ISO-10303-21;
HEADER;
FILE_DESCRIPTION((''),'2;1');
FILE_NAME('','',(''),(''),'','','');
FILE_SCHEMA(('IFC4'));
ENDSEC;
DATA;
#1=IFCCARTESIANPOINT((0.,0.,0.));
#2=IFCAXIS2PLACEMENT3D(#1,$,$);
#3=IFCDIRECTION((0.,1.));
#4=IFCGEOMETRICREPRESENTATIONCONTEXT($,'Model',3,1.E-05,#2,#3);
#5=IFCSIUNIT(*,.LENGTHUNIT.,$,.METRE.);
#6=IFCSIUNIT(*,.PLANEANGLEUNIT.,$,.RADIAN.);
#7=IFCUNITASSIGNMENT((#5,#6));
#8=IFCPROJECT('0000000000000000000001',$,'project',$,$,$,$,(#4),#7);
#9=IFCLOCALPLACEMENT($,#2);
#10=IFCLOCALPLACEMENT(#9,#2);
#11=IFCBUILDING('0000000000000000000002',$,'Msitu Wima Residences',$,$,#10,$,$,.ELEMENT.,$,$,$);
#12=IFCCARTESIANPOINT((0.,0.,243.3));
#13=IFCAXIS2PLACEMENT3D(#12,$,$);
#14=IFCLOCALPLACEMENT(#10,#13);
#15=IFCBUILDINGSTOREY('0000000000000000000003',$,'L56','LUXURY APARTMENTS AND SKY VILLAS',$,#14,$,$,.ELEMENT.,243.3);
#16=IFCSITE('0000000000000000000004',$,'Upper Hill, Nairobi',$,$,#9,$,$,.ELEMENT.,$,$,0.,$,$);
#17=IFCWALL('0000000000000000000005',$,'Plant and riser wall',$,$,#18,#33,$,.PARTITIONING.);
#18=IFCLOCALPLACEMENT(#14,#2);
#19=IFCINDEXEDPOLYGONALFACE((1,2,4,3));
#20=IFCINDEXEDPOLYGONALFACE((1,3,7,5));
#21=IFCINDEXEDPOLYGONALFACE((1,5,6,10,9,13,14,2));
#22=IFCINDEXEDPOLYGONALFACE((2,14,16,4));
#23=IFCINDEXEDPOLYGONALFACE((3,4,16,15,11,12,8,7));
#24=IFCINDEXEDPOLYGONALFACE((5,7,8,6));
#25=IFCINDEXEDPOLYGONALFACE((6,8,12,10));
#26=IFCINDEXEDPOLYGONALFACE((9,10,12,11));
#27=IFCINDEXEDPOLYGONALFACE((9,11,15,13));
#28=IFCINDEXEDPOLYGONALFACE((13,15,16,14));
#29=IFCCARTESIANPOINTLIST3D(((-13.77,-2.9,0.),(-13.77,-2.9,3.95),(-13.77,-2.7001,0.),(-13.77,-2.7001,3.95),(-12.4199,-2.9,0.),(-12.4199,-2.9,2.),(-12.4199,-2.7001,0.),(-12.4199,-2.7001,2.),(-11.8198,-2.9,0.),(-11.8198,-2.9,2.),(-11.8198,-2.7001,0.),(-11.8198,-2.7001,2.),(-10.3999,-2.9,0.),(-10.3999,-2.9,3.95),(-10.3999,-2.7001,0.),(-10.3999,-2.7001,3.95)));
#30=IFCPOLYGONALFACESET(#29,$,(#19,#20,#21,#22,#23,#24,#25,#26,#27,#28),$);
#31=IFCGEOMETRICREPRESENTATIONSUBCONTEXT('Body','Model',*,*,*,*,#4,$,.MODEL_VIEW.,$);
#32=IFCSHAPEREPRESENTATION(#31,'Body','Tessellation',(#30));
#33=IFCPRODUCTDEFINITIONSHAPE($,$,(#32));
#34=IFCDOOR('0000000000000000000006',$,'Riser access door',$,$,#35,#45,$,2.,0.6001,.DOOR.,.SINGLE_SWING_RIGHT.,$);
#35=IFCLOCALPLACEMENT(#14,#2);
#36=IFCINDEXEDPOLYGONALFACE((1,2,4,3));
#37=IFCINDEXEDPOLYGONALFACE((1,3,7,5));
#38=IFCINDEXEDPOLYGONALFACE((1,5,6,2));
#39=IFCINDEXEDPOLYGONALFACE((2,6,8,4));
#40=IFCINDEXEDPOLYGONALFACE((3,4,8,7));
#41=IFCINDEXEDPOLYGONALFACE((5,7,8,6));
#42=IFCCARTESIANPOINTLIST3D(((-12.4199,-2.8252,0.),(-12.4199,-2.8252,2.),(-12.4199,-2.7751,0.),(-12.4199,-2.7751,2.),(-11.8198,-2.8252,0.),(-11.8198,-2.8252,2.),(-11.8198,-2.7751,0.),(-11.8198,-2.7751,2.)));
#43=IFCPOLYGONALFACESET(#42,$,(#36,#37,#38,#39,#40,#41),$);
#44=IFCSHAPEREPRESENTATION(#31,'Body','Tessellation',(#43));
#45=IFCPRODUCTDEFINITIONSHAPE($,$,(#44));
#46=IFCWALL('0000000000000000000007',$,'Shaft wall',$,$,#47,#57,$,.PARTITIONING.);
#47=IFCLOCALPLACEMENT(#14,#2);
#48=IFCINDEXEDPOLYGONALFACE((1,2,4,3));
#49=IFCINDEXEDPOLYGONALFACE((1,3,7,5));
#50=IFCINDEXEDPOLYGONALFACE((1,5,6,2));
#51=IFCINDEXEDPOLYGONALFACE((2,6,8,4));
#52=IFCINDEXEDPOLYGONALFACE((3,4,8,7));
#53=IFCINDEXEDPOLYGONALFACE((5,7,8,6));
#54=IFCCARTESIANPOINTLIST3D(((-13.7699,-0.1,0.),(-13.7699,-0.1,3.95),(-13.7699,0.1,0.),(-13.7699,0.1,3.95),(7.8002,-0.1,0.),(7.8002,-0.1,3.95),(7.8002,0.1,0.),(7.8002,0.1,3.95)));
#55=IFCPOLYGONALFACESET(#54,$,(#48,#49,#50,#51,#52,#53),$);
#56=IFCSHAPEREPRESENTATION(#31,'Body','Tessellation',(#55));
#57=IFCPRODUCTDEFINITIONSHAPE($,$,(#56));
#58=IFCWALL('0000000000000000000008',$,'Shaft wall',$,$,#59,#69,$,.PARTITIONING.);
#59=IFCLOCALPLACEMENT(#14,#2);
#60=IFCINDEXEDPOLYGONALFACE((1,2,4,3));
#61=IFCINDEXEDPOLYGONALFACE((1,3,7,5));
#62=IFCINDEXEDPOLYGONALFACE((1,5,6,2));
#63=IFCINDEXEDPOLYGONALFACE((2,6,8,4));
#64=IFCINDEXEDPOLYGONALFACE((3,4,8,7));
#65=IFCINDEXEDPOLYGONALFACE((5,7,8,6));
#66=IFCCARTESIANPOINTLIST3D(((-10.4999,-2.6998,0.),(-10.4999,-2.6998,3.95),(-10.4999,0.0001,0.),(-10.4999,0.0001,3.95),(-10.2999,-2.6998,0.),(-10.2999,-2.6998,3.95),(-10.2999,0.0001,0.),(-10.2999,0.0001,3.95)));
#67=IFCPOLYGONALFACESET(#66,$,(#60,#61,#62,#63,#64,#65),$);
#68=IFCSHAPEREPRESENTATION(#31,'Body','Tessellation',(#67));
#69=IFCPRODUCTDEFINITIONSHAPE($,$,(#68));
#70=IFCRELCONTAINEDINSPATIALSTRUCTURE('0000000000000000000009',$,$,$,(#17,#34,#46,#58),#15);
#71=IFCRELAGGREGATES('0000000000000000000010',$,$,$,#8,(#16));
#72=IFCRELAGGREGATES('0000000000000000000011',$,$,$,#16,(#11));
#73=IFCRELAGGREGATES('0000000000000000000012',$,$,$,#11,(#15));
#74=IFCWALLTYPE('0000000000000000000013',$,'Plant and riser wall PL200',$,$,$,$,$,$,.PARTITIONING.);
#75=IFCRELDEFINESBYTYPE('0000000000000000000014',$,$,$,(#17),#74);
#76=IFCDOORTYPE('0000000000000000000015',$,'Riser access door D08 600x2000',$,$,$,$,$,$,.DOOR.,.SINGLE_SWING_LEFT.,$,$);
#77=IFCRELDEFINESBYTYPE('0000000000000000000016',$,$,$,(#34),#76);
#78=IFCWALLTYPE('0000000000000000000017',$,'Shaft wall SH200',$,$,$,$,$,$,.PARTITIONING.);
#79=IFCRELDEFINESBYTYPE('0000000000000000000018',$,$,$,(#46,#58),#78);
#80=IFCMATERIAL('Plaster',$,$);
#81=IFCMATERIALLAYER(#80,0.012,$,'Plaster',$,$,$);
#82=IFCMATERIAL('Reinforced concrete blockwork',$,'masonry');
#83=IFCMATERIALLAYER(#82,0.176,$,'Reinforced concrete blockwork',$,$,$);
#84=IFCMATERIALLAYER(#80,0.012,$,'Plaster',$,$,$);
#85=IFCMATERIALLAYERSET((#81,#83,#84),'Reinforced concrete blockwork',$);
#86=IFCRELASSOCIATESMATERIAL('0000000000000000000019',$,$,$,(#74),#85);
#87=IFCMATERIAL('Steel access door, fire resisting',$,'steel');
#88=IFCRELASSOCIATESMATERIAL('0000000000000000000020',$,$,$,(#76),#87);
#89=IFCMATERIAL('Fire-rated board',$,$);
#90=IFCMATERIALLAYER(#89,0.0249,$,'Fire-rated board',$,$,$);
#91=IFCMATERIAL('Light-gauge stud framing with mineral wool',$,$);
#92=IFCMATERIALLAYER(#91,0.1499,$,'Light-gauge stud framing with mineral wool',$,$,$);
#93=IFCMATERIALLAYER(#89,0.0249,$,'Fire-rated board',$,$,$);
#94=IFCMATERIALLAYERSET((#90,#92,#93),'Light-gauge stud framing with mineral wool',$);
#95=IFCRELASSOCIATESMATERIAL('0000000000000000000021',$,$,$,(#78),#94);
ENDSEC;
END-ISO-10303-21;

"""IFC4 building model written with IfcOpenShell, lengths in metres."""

from ifc_helpers import new_model, si_unit, direction, frame, frame_2d, origin, place, context, subcontext, project, spatial, rectangle, extrude, material, layer, layer_set, type_object, element, fill, save


model = new_model("IFC4")

# Units and contexts
model_context = context("Model", 3, precision=1e-05, world=origin(), true_north=direction((0.0, 1.0)))
body_context = subcontext(model_context, "Body", "Model", "MODEL_VIEW")
ifc_project = project(units=[si_unit("LENGTHUNIT", "METRE"), si_unit("PLANEANGLEUNIT", "RADIAN")], contexts=[model_context])

# Site, building, storey
site_placement = place(None, origin())
site = spatial("IfcSite", under=ifc_project, at=site_placement, Name="Upper Hill, Nairobi", CompositionType="ELEMENT", RefElevation=0.0)
building_placement = place(site_placement, origin())
building = spatial("IfcBuilding", under=site, at=building_placement, Name="Msitu Wima Residences", CompositionType="ELEMENT")
storey_placement = place(building_placement, frame((0.0, 0.0, 243.3)))
storey = spatial("IfcBuildingStorey", under=building, at=storey_placement, Name="L56", Description="LUXURY APARTMENTS AND SKY VILLAS", CompositionType="ELEMENT", Elevation=243.3)

# Wall, opening, door
ifc_material_1 = material(Name="Plaster")
ifc_layer_1 = layer(ifc_material_1, 0.012, Name="Plaster")
ifc_material_2 = material(Name="Reinforced concrete blockwork", Category="masonry")
ifc_layer_2 = layer(ifc_material_2, 0.176, Name="Reinforced concrete blockwork")
ifc_layer_3 = layer(ifc_material_1, 0.012, Name="Plaster")
ifc_layer_set_1 = layer_set([ifc_layer_1, ifc_layer_2, ifc_layer_3], Name="Reinforced concrete blockwork")
wall_type_1 = type_object("IfcWallType", Name="Plant and riser wall PL200", PredefinedType="PARTITIONING", material=ifc_layer_set_1)
wall_1_placement = place(storey_placement, frame((-13.77, -2.8, 0.0), z_axis=(0.0, 0.0, 1.0), x_axis=(1.0, 0.0, 0.0)))
wall_1 = element("IfcWall", 1, at=wall_1_placement, inside=storey, type_object=wall_type_1, Name="Plant and riser wall", PredefinedType="PARTITIONING", context=body_context, shape_type="SweptSolid", body=[
    extrude(rectangle(XDim=3.3701, YDim=0.2, at=frame_2d((1.6851, 0.0))), origin(), (0.0, 0.0, 1.0), 3.95),
])
opening_1_placement = place(wall_1_placement, frame((1.3501, 0.0, 0.0)))
opening_1 = element("IfcOpeningElement", 2, at=opening_1_placement, cuts=wall_1, PredefinedType="OPENING", context=body_context, shape_type="SweptSolid", body=[
    extrude(rectangle(XDim=0.6001, YDim=2.0, at=frame_2d((0.3, 1.0))), frame((0.0, 0.1099, 0.0), z_axis=(0.0, -1.0, 0.0), x_axis=(1.0, 0.0, 0.0)), (0.0, 0.0, 1.0), 0.22),
])
ifc_material_3 = material(Name="Steel access door, fire resisting", Category="steel")
door_type_1 = type_object("IfcDoorType", Name="Riser access door D08 600x2000", OperationType="SINGLE_SWING_LEFT", PredefinedType="DOOR", material=ifc_material_3)
door_1_placement = place(opening_1_placement, origin())
door_1 = element("IfcDoor", 3, at=door_1_placement, inside=storey, type_object=door_type_1, Name="Riser access door", OperationType="SINGLE_SWING_RIGHT", OverallHeight=2.0, OverallWidth=0.6001, PredefinedType="DOOR", context=body_context, shape_type="SweptSolid", body=[
    extrude(rectangle(XDim=0.6001, YDim=2.0, at=frame_2d((0.3, 1.0))), frame((0.0, 0.0249, 0.0), z_axis=(0.0, -1.0, 0.0), x_axis=(1.0, 0.0, 0.0)), (0.0, 0.0, 1.0), 0.05),
])
fill(opening_1, door_1)

# Walls
ifc_material_4 = material(Name="Fire-rated board")
ifc_layer_4 = layer(ifc_material_4, 0.0249, Name="Fire-rated board")
ifc_material_5 = material(Name="Light-gauge stud framing with mineral wool")
ifc_layer_5 = layer(ifc_material_5, 0.1499, Name="Light-gauge stud framing with mineral wool")
ifc_layer_6 = layer(ifc_material_4, 0.0249, Name="Fire-rated board")
ifc_layer_set_2 = layer_set([ifc_layer_4, ifc_layer_5, ifc_layer_6], Name="Light-gauge stud framing with mineral wool")
wall_type_2 = type_object("IfcWallType", Name="Shaft wall SH200", PredefinedType="PARTITIONING", material=ifc_layer_set_2)
wall_2_placement = place(storey_placement, frame((-13.77, 0.0, 0.0), z_axis=(0.0, 0.0, 1.0), x_axis=(1.0, 0.0, 0.0)))
element("IfcWall", 4, at=wall_2_placement, inside=storey, type_object=wall_type_2, Name="Shaft wall", PredefinedType="PARTITIONING", context=body_context, shape_type="SweptSolid", body=[
    extrude(rectangle(XDim=21.5701, YDim=0.2, at=frame_2d((10.7852, 0.0))), origin(), (0.0, 0.0, 1.0), 3.95),
])
wall_3_placement = place(storey_placement, frame((-10.3999, -2.7, 0.0), z_axis=(0.0, 0.0, 1.0), x_axis=(0.0, 1.0, 0.0)))
element("IfcWall", 5, at=wall_3_placement, inside=storey, type_object=wall_type_2, Name="Shaft wall", PredefinedType="PARTITIONING", context=body_context, shape_type="SweptSolid", body=[
    extrude(rectangle(XDim=2.7, YDim=0.2, at=frame_2d((1.3501, 0.0))), origin(), (0.0, 0.0, 1.0), 3.95),
])

save(model, "model.ifc")
